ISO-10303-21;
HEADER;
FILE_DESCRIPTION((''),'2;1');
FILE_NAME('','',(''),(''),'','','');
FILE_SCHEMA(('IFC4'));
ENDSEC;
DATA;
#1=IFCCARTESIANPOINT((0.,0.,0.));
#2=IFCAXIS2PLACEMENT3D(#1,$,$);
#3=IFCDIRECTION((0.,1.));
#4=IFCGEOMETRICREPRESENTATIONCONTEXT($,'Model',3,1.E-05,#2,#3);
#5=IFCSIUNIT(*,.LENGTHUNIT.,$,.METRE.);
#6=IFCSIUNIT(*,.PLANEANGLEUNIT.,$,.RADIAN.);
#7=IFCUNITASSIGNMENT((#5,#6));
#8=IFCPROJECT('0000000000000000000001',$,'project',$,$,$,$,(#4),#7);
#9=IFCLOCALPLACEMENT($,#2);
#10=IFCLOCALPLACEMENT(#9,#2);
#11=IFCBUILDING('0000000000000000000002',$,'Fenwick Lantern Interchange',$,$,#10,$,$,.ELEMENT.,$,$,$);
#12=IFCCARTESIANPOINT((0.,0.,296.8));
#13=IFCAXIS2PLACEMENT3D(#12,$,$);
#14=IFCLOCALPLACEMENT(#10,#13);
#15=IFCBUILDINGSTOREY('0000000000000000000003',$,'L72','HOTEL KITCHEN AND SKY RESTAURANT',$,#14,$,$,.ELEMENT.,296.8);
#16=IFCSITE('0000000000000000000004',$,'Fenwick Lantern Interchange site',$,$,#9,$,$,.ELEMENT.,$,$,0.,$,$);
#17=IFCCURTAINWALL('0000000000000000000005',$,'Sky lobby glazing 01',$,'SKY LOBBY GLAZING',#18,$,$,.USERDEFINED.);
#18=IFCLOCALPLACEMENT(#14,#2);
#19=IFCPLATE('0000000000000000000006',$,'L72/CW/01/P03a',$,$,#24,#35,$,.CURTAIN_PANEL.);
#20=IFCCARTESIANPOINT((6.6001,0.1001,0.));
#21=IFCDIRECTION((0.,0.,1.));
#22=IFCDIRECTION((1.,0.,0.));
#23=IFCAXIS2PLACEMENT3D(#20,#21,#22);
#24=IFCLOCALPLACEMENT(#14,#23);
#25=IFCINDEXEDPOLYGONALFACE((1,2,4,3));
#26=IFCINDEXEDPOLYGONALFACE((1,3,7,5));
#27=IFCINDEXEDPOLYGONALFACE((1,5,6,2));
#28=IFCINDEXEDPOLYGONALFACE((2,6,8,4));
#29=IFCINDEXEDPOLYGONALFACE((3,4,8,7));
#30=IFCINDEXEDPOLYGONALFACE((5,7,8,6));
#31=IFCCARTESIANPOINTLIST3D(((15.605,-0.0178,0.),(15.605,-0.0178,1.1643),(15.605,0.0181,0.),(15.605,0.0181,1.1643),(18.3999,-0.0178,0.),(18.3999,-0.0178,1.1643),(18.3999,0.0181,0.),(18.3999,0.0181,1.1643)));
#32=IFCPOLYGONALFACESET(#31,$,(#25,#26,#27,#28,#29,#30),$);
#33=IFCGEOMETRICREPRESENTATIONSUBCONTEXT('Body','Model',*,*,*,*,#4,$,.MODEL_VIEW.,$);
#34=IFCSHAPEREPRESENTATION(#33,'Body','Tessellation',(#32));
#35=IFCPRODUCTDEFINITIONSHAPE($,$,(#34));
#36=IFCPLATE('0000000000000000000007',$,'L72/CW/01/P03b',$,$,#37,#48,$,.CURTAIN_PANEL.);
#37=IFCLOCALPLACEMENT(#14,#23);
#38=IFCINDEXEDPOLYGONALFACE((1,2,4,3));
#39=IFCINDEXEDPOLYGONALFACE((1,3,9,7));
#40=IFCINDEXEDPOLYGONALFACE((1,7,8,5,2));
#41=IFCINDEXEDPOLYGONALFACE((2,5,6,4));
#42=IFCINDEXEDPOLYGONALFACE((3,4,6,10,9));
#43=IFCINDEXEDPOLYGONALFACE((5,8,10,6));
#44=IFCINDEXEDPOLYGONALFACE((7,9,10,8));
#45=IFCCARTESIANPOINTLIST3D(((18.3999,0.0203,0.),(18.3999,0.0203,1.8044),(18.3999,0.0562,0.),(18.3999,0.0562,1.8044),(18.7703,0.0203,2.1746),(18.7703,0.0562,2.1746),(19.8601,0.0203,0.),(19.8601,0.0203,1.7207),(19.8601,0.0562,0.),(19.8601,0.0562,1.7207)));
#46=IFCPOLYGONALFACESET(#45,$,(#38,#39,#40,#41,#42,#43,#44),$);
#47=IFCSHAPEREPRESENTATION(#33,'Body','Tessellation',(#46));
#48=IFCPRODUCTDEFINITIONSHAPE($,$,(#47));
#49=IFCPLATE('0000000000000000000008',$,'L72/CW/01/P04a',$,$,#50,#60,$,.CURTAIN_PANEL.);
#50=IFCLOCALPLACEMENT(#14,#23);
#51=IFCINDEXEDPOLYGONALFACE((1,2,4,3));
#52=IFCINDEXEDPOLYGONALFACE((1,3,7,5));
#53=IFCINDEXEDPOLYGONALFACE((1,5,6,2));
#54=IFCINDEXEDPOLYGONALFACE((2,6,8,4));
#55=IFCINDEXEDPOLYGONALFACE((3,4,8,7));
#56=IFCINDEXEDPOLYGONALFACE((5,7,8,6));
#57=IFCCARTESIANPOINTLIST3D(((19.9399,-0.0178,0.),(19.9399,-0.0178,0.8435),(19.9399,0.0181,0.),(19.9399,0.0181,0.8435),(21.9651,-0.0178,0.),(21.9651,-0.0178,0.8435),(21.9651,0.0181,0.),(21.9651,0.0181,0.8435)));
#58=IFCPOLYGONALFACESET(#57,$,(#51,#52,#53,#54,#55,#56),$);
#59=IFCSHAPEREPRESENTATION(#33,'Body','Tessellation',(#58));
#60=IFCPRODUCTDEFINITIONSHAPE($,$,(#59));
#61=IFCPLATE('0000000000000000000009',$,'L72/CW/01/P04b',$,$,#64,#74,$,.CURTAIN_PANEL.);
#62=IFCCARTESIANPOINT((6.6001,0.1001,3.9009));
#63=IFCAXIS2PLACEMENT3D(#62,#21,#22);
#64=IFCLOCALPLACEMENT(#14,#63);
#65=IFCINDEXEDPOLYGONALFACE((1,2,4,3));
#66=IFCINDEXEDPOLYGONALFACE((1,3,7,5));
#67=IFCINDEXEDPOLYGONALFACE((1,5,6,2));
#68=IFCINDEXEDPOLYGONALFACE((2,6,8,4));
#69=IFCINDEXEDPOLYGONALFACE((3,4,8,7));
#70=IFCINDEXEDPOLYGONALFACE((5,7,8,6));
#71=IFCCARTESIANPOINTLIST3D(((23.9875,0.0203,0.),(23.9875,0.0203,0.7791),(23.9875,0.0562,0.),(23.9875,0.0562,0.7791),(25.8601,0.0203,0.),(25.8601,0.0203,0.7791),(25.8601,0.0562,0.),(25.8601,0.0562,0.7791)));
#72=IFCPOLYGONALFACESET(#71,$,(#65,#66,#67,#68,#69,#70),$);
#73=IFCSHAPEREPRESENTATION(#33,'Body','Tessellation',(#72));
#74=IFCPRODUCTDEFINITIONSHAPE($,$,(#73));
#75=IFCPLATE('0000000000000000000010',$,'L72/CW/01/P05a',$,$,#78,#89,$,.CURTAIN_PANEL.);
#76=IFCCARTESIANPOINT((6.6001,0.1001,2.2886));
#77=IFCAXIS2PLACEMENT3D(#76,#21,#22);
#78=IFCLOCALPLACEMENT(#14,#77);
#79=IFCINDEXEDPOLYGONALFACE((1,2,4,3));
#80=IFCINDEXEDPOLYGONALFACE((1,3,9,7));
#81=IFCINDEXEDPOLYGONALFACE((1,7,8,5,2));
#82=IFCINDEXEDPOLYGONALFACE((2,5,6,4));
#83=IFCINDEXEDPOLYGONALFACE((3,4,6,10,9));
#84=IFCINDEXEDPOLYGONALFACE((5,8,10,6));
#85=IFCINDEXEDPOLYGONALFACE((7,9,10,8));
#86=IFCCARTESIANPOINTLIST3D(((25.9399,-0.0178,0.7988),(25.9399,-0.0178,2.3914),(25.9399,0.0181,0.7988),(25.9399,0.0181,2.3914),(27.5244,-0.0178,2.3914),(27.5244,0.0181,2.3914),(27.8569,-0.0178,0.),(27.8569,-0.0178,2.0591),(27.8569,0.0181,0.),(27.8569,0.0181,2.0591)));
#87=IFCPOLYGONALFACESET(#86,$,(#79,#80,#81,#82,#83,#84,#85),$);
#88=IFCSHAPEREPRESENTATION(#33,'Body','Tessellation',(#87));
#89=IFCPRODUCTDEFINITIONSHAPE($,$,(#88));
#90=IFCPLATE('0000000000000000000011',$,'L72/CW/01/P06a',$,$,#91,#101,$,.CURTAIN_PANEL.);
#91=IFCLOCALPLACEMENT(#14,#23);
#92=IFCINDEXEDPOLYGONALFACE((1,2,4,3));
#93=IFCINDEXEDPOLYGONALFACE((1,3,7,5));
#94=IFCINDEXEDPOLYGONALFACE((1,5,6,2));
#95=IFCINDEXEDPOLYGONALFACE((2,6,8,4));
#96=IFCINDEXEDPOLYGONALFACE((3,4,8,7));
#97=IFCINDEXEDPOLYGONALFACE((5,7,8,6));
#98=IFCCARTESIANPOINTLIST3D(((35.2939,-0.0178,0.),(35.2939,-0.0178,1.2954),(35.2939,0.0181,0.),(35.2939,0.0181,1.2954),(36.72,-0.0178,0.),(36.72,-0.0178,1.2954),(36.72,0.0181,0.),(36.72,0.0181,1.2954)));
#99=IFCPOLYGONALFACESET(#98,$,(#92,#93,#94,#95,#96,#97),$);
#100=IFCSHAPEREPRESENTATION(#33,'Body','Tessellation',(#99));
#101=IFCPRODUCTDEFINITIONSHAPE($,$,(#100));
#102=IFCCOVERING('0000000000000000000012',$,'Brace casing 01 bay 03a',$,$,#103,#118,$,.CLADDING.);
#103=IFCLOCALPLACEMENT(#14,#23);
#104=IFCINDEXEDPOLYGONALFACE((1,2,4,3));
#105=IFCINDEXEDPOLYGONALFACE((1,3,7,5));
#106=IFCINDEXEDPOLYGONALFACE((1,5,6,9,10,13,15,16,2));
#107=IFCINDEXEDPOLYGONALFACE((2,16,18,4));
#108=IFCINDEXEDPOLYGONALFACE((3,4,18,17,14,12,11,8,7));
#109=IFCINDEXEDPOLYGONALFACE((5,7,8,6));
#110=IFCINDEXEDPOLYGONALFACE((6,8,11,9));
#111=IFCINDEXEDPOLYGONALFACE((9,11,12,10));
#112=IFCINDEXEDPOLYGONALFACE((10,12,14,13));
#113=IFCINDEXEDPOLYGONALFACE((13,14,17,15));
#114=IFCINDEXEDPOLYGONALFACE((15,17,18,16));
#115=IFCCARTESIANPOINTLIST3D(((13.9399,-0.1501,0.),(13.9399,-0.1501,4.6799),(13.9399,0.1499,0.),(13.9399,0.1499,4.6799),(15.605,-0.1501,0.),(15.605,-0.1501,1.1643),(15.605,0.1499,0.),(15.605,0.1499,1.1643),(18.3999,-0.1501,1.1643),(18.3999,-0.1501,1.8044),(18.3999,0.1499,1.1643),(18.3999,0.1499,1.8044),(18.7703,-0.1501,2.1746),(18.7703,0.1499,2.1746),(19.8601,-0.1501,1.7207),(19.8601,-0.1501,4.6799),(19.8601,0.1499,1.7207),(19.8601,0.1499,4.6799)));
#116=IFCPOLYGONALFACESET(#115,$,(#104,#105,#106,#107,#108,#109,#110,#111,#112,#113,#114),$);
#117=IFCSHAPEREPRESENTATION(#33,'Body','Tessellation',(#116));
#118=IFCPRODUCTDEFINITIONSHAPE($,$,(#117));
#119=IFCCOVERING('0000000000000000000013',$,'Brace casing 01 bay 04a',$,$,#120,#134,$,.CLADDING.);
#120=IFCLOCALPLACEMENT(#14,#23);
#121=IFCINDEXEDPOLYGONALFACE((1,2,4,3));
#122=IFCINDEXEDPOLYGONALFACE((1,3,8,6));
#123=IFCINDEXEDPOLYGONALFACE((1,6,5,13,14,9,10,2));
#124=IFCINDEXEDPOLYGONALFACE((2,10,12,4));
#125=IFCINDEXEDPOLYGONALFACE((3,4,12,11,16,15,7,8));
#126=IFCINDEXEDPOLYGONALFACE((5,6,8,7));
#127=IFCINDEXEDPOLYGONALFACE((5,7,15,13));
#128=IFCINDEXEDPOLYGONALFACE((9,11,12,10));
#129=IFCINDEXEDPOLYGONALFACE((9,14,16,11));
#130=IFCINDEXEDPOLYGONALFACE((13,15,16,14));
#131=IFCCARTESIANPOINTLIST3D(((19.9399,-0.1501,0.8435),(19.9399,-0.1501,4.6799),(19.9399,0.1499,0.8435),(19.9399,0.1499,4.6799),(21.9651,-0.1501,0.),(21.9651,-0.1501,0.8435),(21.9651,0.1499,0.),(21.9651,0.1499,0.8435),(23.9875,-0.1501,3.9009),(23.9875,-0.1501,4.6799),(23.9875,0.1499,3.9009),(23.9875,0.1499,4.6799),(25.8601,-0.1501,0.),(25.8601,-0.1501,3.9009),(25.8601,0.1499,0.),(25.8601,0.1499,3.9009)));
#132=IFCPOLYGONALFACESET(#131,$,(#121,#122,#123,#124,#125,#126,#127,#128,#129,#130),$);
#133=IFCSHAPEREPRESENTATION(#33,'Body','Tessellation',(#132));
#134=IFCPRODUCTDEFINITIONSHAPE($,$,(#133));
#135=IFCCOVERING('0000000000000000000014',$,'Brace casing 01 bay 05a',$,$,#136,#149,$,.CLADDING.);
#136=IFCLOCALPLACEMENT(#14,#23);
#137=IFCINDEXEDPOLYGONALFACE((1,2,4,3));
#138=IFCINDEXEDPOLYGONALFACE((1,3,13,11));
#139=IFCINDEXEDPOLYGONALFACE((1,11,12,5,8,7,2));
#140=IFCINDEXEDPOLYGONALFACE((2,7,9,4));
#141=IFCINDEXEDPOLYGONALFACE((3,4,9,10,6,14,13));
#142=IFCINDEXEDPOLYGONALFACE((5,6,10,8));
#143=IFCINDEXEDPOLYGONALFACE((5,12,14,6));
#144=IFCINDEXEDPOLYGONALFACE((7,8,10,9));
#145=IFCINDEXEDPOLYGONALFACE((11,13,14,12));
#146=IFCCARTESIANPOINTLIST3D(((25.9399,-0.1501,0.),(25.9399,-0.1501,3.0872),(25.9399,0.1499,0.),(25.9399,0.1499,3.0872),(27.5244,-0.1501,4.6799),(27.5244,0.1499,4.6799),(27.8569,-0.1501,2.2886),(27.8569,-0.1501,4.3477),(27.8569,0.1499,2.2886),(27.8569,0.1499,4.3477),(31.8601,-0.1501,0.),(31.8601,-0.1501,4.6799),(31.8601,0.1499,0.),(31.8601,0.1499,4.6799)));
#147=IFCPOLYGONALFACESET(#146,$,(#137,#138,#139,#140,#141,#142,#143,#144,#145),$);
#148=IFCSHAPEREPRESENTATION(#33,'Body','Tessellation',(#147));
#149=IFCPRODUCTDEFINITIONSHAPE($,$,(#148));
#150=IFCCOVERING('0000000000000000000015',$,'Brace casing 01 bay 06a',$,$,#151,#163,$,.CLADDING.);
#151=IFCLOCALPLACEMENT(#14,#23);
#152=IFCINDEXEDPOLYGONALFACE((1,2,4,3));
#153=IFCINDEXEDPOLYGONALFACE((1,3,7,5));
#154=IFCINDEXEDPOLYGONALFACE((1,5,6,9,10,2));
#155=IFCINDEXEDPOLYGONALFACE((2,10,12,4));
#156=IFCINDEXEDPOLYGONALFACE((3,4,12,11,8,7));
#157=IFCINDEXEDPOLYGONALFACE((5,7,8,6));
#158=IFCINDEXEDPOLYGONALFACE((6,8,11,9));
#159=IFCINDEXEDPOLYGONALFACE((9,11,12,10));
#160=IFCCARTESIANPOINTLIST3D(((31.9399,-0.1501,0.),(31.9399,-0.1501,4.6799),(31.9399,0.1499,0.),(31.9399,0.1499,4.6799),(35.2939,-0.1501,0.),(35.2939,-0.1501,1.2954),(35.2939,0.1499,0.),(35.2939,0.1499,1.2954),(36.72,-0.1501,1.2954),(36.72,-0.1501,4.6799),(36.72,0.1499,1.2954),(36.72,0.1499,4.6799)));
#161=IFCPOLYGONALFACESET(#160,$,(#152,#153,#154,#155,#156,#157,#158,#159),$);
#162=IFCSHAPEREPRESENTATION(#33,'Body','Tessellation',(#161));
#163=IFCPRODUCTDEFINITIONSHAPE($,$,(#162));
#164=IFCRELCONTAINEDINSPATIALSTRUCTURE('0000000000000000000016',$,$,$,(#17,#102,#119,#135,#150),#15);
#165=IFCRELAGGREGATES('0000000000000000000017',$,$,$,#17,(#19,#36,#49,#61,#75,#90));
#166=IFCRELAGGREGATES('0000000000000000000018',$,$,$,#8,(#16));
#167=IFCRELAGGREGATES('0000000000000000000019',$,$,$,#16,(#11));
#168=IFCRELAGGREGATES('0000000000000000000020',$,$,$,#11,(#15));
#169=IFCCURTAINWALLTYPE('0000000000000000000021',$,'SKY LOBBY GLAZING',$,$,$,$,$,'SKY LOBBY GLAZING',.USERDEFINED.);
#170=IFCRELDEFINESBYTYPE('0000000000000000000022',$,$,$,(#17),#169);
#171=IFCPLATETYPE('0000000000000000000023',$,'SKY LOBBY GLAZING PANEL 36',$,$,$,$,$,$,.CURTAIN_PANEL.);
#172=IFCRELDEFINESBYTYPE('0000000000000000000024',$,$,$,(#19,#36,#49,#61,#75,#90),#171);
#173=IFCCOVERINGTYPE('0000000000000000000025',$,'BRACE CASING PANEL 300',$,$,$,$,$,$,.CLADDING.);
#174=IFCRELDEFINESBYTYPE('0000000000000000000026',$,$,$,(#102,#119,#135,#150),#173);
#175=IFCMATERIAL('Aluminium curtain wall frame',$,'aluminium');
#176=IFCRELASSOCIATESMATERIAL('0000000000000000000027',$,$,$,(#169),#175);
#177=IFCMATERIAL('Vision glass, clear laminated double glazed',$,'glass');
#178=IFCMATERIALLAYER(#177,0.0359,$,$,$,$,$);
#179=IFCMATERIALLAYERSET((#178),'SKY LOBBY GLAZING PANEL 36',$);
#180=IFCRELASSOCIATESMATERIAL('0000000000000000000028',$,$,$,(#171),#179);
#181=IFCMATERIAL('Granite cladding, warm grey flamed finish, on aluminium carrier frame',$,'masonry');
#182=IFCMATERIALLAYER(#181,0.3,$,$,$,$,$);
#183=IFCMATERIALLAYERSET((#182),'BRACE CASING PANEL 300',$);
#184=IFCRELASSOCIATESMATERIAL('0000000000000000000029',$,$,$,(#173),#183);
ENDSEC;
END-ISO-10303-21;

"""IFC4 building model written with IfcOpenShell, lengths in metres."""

from ifc_helpers import new_model, si_unit, direction, frame, origin, place, context, subcontext, project, spatial, polyline, outline, extrude, material, layer, layer_set, type_object, element, aggregate, save


model = new_model("IFC4")

# Units and contexts
model_context = context("Model", 3, precision=1e-05, world=origin(), true_north=direction((0.0, 1.0)))
body_context = subcontext(model_context, "Body", "Model", "MODEL_VIEW")
ifc_project = project(units=[si_unit("LENGTHUNIT", "METRE"), si_unit("PLANEANGLEUNIT", "RADIAN")], contexts=[model_context])

# Site, building, storey
site_placement = place(None, origin())
site = spatial("IfcSite", under=ifc_project, at=site_placement, Name="Fenwick Lantern Interchange site", CompositionType="ELEMENT", RefElevation=0.0)
building_placement = place(site_placement, origin())
building = spatial("IfcBuilding", under=site, at=building_placement, Name="Fenwick Lantern Interchange", CompositionType="ELEMENT")
storey_placement = place(building_placement, frame((0.0, 0.0, 296.8)))
storey = spatial("IfcBuildingStorey", under=building, at=storey_placement, Name="L72", Description="HOTEL KITCHEN AND SKY RESTAURANT", CompositionType="ELEMENT", Elevation=296.8)

# Curtain wall
ifc_material_1 = material(Name="Aluminium curtain wall frame", Category="aluminium")
curtain_wall_type = type_object("IfcCurtainWallType", Name="SKY LOBBY GLAZING", ElementType="SKY LOBBY GLAZING", PredefinedType="USERDEFINED", material=ifc_material_1)
curtain_wall_1_placement = place(storey_placement, origin())
curtain_wall_1 = element("IfcCurtainWall", 1, at=curtain_wall_1_placement, inside=storey, type_object=curtain_wall_type, Name="Sky lobby glazing 01", ObjectType="SKY LOBBY GLAZING", PredefinedType="USERDEFINED")

# Plates
ifc_material_2 = material(Name="Vision glass, clear laminated double glazed", Category="glass")
ifc_layer_1 = layer(ifc_material_2, 0.0359)
ifc_layer_set_1 = layer_set([ifc_layer_1], Name="SKY LOBBY GLAZING PANEL 36")
plate_type = type_object("IfcPlateType", Name="SKY LOBBY GLAZING PANEL 36", PredefinedType="CURTAIN_PANEL", material=ifc_layer_set_1)
plate_1_placement = place(storey_placement, frame((6.6001, 0.1001, 0.0), z_axis=(0.0, 0.0, 1.0), x_axis=(1.0, 0.0, 0.0)))
plate_1 = element("IfcPlate", 2, at=plate_1_placement, type_object=plate_type, Name="L72/CW/01/P03a", PredefinedType="CURTAIN_PANEL", context=body_context, shape_type="SweptSolid", body=[
    extrude(outline(polyline([(15.605, 0.0), (18.3999, 0.0), (18.3999, 1.1643), (15.605, 1.1643), (15.605, 0.0)])), frame((0.0, 0.0181, 0.0), z_axis=(0.0, -1.0, 0.0), x_axis=(1.0, 0.0, 0.0)), (0.0, 0.0, 1.0), 0.0359),
])
plate_2_placement = place(storey_placement, frame((6.6001, 0.1001, 0.0), z_axis=(0.0, 0.0, 1.0), x_axis=(1.0, 0.0, 0.0)))
plate_2 = element("IfcPlate", 3, at=plate_2_placement, type_object=plate_type, Name="L72/CW/01/P03b", PredefinedType="CURTAIN_PANEL", context=body_context, shape_type="SweptSolid", body=[
    extrude(outline(polyline([(18.3999, 0.0), (19.8601, 0.0), (19.8601, 1.7207), (18.7703, 2.1746), (18.3999, 1.8044), (18.3999, 0.0)])), frame((0.0, 0.0562, 0.0), z_axis=(0.0, -1.0, 0.0), x_axis=(1.0, 0.0, 0.0)), (0.0, 0.0, 1.0), 0.0359),
])
plate_3_placement = place(storey_placement, frame((6.6001, 0.1001, 0.0), z_axis=(0.0, 0.0, 1.0), x_axis=(1.0, 0.0, 0.0)))
plate_3 = element("IfcPlate", 4, at=plate_3_placement, type_object=plate_type, Name="L72/CW/01/P04a", PredefinedType="CURTAIN_PANEL", context=body_context, shape_type="SweptSolid", body=[
    extrude(outline(polyline([(19.9399, 0.0), (21.9651, 0.0), (21.9651, 0.8435), (19.9399, 0.8435), (19.9399, 0.0)])), frame((0.0, 0.0181, 0.0), z_axis=(0.0, -1.0, 0.0), x_axis=(1.0, 0.0, 0.0)), (0.0, 0.0, 1.0), 0.0359),
])
plate_4_placement = place(storey_placement, frame((6.6001, 0.1001, 3.9009), z_axis=(0.0, 0.0, 1.0), x_axis=(1.0, 0.0, 0.0)))
plate_4 = element("IfcPlate", 5, at=plate_4_placement, type_object=plate_type, Name="L72/CW/01/P04b", PredefinedType="CURTAIN_PANEL", context=body_context, shape_type="SweptSolid", body=[
    extrude(outline(polyline([(23.9875, 0.0), (25.8601, 0.0), (25.8601, 0.7791), (23.9875, 0.7791), (23.9875, 0.0)])), frame((0.0, 0.0562, 0.0), z_axis=(0.0, -1.0, 0.0), x_axis=(1.0, 0.0, 0.0)), (0.0, 0.0, 1.0), 0.0359),
])
plate_5_placement = place(storey_placement, frame((6.6001, 0.1001, 2.2886), z_axis=(0.0, 0.0, 1.0), x_axis=(1.0, 0.0, 0.0)))
plate_5 = element("IfcPlate", 6, at=plate_5_placement, type_object=plate_type, Name="L72/CW/01/P05a", PredefinedType="CURTAIN_PANEL", context=body_context, shape_type="SweptSolid", body=[
    extrude(outline(polyline([(27.8569, 0.0), (27.8569, 2.0591), (27.5244, 2.3914), (25.9399, 2.3914), (25.9399, 0.7988), (27.8569, 0.0)])), frame((0.0, 0.0181, 0.0), z_axis=(0.0, -1.0, 0.0), x_axis=(1.0, 0.0, 0.0)), (0.0, 0.0, 1.0), 0.0359),
])
plate_6_placement = place(storey_placement, frame((6.6001, 0.1001, 0.0), z_axis=(0.0, 0.0, 1.0), x_axis=(1.0, 0.0, 0.0)))
plate_6 = element("IfcPlate", 7, at=plate_6_placement, type_object=plate_type, Name="L72/CW/01/P06a", PredefinedType="CURTAIN_PANEL", context=body_context, shape_type="SweptSolid", body=[
    extrude(outline(polyline([(35.2939, 0.0), (36.72, 0.0), (36.72, 1.2954), (35.2939, 1.2954), (35.2939, 0.0)])), frame((0.0, 0.0181, 0.0), z_axis=(0.0, -1.0, 0.0), x_axis=(1.0, 0.0, 0.0)), (0.0, 0.0, 1.0), 0.0359),
])
aggregate(curtain_wall_1, [plate_1, plate_2, plate_3, plate_4, plate_5, plate_6])

# Coverings
ifc_material_3 = material(Name="Granite cladding, warm grey flamed finish, on aluminium carrier frame", Category="masonry")
ifc_layer_2 = layer(ifc_material_3, 0.3)
ifc_layer_set_2 = layer_set([ifc_layer_2], Name="BRACE CASING PANEL 300")
covering_type = type_object("IfcCoveringType", Name="BRACE CASING PANEL 300", PredefinedType="CLADDING", material=ifc_layer_set_2)
covering_1_placement = place(storey_placement, frame((6.6001, 0.1001, 0.0), z_axis=(0.0, 0.0, 1.0), x_axis=(1.0, 0.0, 0.0)))
element("IfcCovering", 8, at=covering_1_placement, inside=storey, type_object=covering_type, Name="Brace casing 01 bay 03a", PredefinedType="CLADDING", context=body_context, shape_type="SweptSolid", body=[
    extrude(outline(polyline([(13.9399, 0.0), (15.605, 0.0), (15.605, 1.1643), (18.3999, 1.1643), (18.3999, 1.8044), (18.7703, 2.1746), (19.8601, 1.7207), (19.8601, 4.6799), (13.9399, 4.6799), (13.9399, 0.0)])), frame((0.0, 0.1499, 0.0), z_axis=(0.0, -1.0, 0.0), x_axis=(1.0, 0.0, 0.0)), (0.0, 0.0, 1.0), 0.3),
])
covering_2_placement = place(storey_placement, frame((6.6001, 0.1001, 0.0), z_axis=(0.0, 0.0, 1.0), x_axis=(1.0, 0.0, 0.0)))
element("IfcCovering", 9, at=covering_2_placement, inside=storey, type_object=covering_type, Name="Brace casing 01 bay 04a", PredefinedType="CLADDING", context=body_context, shape_type="SweptSolid", body=[
    extrude(outline(polyline([(21.9651, 0.0), (25.8601, 0.0), (25.8601, 3.9009), (23.9875, 3.9009), (23.9875, 4.6799), (19.9399, 4.6799), (19.9399, 0.8435), (21.9651, 0.8435), (21.9651, 0.0)])), frame((0.0, 0.1499, 0.0), z_axis=(0.0, -1.0, 0.0), x_axis=(1.0, 0.0, 0.0)), (0.0, 0.0, 1.0), 0.3),
])
covering_3_placement = place(storey_placement, frame((6.6001, 0.1001, 0.0), z_axis=(0.0, 0.0, 1.0), x_axis=(1.0, 0.0, 0.0)))
element("IfcCovering", 10, at=covering_3_placement, inside=storey, type_object=covering_type, Name="Brace casing 01 bay 05a", PredefinedType="CLADDING", context=body_context, shape_type="SweptSolid", body=[
    extrude(outline(polyline([(25.9399, 0.0), (31.8601, 0.0), (31.8601, 4.6799), (27.5244, 4.6799), (27.8569, 4.3477), (27.8569, 2.2886), (25.9399, 3.0872), (25.9399, 0.0)])), frame((0.0, 0.1499, 0.0), z_axis=(0.0, -1.0, 0.0), x_axis=(1.0, 0.0, 0.0)), (0.0, 0.0, 1.0), 0.3),
])
covering_4_placement = place(storey_placement, frame((6.6001, 0.1001, 0.0), z_axis=(0.0, 0.0, 1.0), x_axis=(1.0, 0.0, 0.0)))
element("IfcCovering", 11, at=covering_4_placement, inside=storey, type_object=covering_type, Name="Brace casing 01 bay 06a", PredefinedType="CLADDING", context=body_context, shape_type="SweptSolid", body=[
    extrude(outline(polyline([(31.9399, 0.0), (35.2939, 0.0), (35.2939, 1.2954), (36.72, 1.2954), (36.72, 4.6799), (31.9399, 4.6799), (31.9399, 0.0)])), frame((0.0, 0.1499, 0.0), z_axis=(0.0, -1.0, 0.0), x_axis=(1.0, 0.0, 0.0)), (0.0, 0.0, 1.0), 0.3),
])

save(model, "model.ifc")
